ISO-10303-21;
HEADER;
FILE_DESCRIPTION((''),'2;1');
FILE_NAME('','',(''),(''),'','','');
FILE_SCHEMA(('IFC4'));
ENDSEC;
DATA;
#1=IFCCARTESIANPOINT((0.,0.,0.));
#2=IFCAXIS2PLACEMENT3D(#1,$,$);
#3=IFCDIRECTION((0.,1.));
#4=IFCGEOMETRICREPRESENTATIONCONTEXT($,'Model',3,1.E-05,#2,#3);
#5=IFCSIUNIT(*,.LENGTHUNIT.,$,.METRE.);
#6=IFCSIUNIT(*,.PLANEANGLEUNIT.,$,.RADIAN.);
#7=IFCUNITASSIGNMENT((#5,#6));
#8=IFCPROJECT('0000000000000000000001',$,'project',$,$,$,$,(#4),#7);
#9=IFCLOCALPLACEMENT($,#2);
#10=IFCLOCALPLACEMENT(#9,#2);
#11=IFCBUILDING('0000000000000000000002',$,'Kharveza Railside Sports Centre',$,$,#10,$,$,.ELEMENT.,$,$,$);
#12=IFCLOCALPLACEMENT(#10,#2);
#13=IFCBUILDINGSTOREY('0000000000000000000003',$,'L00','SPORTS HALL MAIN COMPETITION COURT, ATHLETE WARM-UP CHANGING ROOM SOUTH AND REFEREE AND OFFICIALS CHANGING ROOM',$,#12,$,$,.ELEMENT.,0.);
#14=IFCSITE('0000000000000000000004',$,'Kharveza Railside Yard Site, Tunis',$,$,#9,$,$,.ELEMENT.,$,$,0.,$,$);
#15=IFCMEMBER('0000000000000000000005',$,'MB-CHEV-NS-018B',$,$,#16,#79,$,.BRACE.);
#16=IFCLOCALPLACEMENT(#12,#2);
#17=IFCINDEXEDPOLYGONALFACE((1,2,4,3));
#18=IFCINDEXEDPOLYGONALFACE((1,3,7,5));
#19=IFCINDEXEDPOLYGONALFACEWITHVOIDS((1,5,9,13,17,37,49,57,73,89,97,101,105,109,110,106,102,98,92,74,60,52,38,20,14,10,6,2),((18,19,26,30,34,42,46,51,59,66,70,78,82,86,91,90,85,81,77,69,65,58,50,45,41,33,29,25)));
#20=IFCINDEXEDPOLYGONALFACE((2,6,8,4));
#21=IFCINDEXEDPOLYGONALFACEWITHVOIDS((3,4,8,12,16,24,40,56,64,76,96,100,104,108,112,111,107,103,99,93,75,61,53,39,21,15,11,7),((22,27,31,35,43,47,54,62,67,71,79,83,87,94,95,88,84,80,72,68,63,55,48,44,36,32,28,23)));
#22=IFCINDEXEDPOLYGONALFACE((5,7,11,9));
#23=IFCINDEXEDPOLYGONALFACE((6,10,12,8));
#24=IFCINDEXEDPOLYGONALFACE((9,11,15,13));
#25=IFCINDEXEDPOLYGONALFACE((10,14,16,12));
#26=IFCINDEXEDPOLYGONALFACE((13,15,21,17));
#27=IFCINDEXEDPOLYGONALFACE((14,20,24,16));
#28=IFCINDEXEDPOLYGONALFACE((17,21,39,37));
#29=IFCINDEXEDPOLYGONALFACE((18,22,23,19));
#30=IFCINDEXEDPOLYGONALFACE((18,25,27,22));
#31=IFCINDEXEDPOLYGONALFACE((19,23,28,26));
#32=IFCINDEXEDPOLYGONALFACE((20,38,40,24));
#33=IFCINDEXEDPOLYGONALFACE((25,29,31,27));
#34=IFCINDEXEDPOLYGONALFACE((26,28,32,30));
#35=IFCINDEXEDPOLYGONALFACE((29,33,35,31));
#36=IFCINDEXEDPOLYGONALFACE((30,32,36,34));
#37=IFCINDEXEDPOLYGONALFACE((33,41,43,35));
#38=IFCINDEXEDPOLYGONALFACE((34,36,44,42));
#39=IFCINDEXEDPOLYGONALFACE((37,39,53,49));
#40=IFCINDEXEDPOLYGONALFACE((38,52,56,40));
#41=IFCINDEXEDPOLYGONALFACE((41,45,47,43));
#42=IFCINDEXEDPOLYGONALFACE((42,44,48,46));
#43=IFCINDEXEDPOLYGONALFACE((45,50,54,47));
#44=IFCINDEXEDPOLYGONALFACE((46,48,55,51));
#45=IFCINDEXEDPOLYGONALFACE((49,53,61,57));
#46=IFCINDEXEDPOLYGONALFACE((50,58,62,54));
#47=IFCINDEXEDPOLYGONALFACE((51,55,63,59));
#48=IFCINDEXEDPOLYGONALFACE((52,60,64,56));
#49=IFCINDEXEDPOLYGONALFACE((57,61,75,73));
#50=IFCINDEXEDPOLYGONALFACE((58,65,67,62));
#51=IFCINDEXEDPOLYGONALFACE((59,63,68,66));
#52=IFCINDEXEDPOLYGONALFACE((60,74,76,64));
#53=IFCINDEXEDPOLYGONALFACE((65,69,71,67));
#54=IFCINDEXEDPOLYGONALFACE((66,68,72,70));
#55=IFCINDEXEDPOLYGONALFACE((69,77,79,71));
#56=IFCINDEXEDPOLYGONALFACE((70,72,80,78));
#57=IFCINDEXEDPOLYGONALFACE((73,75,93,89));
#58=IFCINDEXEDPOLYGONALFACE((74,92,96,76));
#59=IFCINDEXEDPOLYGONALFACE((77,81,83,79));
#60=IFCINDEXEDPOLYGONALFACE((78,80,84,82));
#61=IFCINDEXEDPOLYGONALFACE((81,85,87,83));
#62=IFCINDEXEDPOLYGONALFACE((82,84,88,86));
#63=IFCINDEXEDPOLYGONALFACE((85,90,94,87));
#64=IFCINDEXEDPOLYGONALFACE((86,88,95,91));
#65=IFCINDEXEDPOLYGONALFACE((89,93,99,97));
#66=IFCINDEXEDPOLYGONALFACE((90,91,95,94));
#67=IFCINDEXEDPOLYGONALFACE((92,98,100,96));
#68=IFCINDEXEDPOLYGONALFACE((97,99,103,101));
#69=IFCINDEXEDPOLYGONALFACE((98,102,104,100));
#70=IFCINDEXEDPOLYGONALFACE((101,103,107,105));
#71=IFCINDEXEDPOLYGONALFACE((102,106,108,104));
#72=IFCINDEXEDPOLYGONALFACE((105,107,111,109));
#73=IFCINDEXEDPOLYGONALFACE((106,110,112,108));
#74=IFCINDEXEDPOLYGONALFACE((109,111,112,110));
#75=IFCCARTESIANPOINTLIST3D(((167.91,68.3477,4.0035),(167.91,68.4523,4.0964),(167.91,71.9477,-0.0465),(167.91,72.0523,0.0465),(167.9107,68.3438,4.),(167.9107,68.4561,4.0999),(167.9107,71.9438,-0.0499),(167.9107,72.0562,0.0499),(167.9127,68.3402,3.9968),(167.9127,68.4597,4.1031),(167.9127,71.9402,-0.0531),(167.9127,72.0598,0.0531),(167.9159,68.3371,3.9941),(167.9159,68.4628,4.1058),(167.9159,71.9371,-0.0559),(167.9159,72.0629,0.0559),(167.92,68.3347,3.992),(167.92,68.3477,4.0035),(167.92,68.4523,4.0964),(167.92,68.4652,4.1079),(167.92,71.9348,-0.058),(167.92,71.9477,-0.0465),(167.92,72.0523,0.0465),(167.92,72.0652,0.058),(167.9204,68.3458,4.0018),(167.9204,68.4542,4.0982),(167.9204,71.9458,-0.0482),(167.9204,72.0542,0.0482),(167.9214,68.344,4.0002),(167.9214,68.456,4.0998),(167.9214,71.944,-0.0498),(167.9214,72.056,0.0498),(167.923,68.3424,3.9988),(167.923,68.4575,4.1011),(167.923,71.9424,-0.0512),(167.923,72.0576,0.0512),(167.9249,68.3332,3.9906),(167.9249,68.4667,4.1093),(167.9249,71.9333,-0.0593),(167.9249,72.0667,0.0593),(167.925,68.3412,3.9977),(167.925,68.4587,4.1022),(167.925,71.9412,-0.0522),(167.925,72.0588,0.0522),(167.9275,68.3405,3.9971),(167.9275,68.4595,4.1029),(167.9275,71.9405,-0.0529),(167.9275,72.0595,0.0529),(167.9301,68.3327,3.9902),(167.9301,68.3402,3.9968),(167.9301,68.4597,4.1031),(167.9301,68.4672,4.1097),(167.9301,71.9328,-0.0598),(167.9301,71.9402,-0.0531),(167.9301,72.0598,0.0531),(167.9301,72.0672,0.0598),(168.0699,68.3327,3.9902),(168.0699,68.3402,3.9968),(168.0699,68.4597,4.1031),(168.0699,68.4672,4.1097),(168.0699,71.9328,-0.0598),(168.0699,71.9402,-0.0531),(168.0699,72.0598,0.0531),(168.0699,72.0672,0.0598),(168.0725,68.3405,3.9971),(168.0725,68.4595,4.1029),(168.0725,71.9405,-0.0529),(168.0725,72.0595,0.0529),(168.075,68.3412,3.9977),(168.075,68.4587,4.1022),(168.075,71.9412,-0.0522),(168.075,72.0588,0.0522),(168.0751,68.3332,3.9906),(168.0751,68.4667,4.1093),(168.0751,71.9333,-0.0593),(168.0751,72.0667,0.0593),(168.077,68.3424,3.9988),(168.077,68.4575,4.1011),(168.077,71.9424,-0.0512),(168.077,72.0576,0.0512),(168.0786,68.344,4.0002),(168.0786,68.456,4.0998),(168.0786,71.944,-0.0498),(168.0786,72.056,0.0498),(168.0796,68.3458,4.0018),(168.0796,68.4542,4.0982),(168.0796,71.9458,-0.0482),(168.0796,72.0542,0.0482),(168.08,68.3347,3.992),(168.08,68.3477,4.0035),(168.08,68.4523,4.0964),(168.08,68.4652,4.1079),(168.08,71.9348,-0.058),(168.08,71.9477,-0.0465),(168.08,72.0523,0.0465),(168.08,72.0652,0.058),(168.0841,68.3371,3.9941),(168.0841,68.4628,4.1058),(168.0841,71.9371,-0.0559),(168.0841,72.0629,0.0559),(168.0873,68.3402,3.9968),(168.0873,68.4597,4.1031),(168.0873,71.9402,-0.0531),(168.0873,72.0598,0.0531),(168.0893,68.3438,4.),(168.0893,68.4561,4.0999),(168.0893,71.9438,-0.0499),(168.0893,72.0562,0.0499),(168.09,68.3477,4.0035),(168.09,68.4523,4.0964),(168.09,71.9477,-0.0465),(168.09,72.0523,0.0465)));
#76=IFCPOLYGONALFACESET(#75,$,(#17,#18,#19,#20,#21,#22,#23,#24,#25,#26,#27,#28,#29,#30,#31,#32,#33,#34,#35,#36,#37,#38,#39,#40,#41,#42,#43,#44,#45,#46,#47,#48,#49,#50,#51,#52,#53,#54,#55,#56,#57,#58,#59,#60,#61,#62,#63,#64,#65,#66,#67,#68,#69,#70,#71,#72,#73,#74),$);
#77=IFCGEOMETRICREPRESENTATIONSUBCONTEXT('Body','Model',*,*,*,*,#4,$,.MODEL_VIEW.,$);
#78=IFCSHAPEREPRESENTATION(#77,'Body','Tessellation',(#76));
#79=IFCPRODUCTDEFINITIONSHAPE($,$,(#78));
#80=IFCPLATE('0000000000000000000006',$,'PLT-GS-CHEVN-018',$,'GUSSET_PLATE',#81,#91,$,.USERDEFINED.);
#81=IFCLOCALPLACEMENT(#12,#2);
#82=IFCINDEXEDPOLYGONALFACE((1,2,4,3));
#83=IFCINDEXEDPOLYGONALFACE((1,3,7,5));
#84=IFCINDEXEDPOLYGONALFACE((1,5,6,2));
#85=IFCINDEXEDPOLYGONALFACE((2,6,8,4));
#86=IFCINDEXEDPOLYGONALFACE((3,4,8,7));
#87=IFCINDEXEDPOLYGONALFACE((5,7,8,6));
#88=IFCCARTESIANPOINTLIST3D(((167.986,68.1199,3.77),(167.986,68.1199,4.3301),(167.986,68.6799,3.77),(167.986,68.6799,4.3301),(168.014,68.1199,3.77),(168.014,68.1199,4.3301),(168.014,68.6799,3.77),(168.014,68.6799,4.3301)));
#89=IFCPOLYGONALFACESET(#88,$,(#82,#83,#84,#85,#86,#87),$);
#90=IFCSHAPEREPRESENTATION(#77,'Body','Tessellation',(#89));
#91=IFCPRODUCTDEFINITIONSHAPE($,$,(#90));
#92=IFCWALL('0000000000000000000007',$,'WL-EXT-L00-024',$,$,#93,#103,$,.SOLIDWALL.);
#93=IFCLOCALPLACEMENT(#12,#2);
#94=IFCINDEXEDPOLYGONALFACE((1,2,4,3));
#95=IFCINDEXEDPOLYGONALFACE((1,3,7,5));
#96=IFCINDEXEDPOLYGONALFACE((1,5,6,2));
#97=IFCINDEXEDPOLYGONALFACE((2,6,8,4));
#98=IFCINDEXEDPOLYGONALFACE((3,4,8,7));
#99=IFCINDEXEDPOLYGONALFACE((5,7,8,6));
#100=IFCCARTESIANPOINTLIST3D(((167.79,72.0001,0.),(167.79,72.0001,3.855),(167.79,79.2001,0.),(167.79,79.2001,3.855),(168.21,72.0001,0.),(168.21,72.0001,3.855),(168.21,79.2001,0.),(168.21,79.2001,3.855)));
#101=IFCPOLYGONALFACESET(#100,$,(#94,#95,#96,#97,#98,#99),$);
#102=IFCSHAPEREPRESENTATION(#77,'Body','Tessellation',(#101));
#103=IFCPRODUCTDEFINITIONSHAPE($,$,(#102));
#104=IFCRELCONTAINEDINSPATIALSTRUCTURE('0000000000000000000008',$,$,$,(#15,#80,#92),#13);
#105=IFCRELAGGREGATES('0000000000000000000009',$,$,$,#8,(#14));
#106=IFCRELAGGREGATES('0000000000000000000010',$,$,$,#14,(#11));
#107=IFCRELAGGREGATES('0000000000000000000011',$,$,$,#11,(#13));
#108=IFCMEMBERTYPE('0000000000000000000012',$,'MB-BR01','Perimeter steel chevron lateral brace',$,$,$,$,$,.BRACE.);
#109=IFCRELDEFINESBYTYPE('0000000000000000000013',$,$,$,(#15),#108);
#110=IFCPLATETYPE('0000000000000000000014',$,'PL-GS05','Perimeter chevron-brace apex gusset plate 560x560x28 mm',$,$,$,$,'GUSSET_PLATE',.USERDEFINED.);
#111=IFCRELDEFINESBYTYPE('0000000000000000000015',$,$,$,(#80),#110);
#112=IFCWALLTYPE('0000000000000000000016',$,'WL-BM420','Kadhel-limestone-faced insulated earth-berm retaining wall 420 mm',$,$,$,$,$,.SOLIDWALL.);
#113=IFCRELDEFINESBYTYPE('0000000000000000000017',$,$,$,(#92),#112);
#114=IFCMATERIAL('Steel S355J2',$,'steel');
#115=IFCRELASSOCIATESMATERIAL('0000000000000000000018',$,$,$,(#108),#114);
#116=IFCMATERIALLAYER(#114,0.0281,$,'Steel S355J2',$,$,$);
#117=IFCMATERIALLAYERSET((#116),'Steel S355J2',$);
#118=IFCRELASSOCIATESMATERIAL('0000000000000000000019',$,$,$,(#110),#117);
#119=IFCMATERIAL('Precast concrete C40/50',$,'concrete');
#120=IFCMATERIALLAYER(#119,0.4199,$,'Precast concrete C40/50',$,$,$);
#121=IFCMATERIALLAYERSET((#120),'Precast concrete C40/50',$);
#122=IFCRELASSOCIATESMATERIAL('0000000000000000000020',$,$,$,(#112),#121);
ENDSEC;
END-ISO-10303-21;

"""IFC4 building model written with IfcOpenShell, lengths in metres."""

from ifc_helpers import new_model, si_unit, direction, frame, frame_2d, origin, origin_2d, place, context, subcontext, project, spatial, rectangle, hollow_rectangle, extrude, material, layer, layer_set, material_profile, profile_set, type_object, element, save


model = new_model("IFC4")

# Units and contexts
model_context = context("Model", 3, precision=1e-05, world=origin(), true_north=direction((0.0, 1.0)))
body_context = subcontext(model_context, "Body", "Model", "MODEL_VIEW")
ifc_project = project(units=[si_unit("LENGTHUNIT", "METRE"), si_unit("PLANEANGLEUNIT", "RADIAN")], contexts=[model_context])

# Site, building, storey
site_placement = place(None, origin())
site = spatial("IfcSite", under=ifc_project, at=site_placement, Name="Kharveza Railside Yard Site, Tunis", CompositionType="ELEMENT", RefElevation=0.0)
building_placement = place(site_placement, origin())
building = spatial("IfcBuilding", under=site, at=building_placement, Name="Kharveza Railside Sports Centre", CompositionType="ELEMENT")
storey_placement = place(building_placement, origin())
storey = spatial("IfcBuildingStorey", under=building, at=storey_placement, Name="L00", Description="SPORTS HALL MAIN COMPETITION COURT, ATHLETE WARM-UP CHANGING ROOM SOUTH AND REFEREE AND OFFICIALS CHANGING ROOM", CompositionType="ELEMENT", Elevation=0.0)

# Shared definitions
ifc_material_1 = material(Name="Steel S355J2", Category="steel")

# Member
ifc_material_profile_1 = material_profile(ifc_material_1, hollow_rectangle(XDim=0.1799, YDim=0.1799, WallThickness=0.01, InnerFilletRadius=0.01, OuterFilletRadius=0.02, at=origin_2d()), Name="SHS 180x180x10.0")
ifc_profile_set_1 = profile_set([ifc_material_profile_1], Name="Steel S355J2")
member_type = type_object("IfcMemberType", Name="MB-BR01", Description="Perimeter steel chevron lateral brace", PredefinedType="BRACE", material=ifc_profile_set_1)
member_placement = place(storey_placement, frame((168.0, 72.0, 0.0), z_axis=(0.0, -0.664369, 0.747404), x_axis=(1.0, 0.0, 0.0)))
element("IfcMember", 1, at=member_placement, inside=storey, type_object=member_type, Name="MB-CHEV-NS-018B", PredefinedType="BRACE", context=body_context, shape_type="SweptSolid", body=[
    extrude(hollow_rectangle(XDim=0.1799, YDim=0.1799, WallThickness=0.01, InnerFilletRadius=0.01, OuterFilletRadius=0.02, at=origin_2d()), origin(), (0.0, 0.0, 1.0), 5.4187),
])

# Plate
ifc_layer_1 = layer(ifc_material_1, 0.0281, Name="Steel S355J2")
ifc_layer_set_1 = layer_set([ifc_layer_1], Name="Steel S355J2")
plate_type = type_object("IfcPlateType", Name="PL-GS05", Description="Perimeter chevron-brace apex gusset plate 560x560x28 mm", ElementType="GUSSET_PLATE", PredefinedType="USERDEFINED", material=ifc_layer_set_1)
plate_placement = place(storey_placement, frame((168.0, 68.3999, 3.77), z_axis=(0.0, 0.0, 1.0), x_axis=(1.0, 0.0, 0.0)))
element("IfcPlate", 2, at=plate_placement, inside=storey, type_object=plate_type, Name="PLT-GS-CHEVN-018", ObjectType="GUSSET_PLATE", PredefinedType="USERDEFINED", context=body_context, shape_type="SweptSolid", body=[
    extrude(rectangle(XDim=0.0281, YDim=0.5601, at=origin_2d()), origin(), (0.0, 0.0, 1.0), 0.5601),
])

# Wall
ifc_material_2 = material(Name="Precast concrete C40/50", Category="concrete")
ifc_layer_2 = layer(ifc_material_2, 0.4199, Name="Precast concrete C40/50")
ifc_layer_set_2 = layer_set([ifc_layer_2], Name="Precast concrete C40/50")
wall_type = type_object("IfcWallType", Name="WL-BM420", Description="Kadhel-limestone-faced insulated earth-berm retaining wall 420 mm", PredefinedType="SOLIDWALL", material=ifc_layer_set_2)
wall_placement = place(storey_placement, frame((168.0, 72.0, 0.0), z_axis=(0.0, 0.0, 1.0), x_axis=(0.0, 1.0, 0.0)))
element("IfcWall", 3, at=wall_placement, inside=storey, type_object=wall_type, Name="WL-EXT-L00-024", PredefinedType="SOLIDWALL", context=body_context, shape_type="SweptSolid", body=[
    extrude(rectangle(XDim=7.2, YDim=0.4199, at=frame_2d((3.6001, 0.0))), origin(), (0.0, 0.0, 1.0), 3.855),
])

save(model, "model.ifc")
